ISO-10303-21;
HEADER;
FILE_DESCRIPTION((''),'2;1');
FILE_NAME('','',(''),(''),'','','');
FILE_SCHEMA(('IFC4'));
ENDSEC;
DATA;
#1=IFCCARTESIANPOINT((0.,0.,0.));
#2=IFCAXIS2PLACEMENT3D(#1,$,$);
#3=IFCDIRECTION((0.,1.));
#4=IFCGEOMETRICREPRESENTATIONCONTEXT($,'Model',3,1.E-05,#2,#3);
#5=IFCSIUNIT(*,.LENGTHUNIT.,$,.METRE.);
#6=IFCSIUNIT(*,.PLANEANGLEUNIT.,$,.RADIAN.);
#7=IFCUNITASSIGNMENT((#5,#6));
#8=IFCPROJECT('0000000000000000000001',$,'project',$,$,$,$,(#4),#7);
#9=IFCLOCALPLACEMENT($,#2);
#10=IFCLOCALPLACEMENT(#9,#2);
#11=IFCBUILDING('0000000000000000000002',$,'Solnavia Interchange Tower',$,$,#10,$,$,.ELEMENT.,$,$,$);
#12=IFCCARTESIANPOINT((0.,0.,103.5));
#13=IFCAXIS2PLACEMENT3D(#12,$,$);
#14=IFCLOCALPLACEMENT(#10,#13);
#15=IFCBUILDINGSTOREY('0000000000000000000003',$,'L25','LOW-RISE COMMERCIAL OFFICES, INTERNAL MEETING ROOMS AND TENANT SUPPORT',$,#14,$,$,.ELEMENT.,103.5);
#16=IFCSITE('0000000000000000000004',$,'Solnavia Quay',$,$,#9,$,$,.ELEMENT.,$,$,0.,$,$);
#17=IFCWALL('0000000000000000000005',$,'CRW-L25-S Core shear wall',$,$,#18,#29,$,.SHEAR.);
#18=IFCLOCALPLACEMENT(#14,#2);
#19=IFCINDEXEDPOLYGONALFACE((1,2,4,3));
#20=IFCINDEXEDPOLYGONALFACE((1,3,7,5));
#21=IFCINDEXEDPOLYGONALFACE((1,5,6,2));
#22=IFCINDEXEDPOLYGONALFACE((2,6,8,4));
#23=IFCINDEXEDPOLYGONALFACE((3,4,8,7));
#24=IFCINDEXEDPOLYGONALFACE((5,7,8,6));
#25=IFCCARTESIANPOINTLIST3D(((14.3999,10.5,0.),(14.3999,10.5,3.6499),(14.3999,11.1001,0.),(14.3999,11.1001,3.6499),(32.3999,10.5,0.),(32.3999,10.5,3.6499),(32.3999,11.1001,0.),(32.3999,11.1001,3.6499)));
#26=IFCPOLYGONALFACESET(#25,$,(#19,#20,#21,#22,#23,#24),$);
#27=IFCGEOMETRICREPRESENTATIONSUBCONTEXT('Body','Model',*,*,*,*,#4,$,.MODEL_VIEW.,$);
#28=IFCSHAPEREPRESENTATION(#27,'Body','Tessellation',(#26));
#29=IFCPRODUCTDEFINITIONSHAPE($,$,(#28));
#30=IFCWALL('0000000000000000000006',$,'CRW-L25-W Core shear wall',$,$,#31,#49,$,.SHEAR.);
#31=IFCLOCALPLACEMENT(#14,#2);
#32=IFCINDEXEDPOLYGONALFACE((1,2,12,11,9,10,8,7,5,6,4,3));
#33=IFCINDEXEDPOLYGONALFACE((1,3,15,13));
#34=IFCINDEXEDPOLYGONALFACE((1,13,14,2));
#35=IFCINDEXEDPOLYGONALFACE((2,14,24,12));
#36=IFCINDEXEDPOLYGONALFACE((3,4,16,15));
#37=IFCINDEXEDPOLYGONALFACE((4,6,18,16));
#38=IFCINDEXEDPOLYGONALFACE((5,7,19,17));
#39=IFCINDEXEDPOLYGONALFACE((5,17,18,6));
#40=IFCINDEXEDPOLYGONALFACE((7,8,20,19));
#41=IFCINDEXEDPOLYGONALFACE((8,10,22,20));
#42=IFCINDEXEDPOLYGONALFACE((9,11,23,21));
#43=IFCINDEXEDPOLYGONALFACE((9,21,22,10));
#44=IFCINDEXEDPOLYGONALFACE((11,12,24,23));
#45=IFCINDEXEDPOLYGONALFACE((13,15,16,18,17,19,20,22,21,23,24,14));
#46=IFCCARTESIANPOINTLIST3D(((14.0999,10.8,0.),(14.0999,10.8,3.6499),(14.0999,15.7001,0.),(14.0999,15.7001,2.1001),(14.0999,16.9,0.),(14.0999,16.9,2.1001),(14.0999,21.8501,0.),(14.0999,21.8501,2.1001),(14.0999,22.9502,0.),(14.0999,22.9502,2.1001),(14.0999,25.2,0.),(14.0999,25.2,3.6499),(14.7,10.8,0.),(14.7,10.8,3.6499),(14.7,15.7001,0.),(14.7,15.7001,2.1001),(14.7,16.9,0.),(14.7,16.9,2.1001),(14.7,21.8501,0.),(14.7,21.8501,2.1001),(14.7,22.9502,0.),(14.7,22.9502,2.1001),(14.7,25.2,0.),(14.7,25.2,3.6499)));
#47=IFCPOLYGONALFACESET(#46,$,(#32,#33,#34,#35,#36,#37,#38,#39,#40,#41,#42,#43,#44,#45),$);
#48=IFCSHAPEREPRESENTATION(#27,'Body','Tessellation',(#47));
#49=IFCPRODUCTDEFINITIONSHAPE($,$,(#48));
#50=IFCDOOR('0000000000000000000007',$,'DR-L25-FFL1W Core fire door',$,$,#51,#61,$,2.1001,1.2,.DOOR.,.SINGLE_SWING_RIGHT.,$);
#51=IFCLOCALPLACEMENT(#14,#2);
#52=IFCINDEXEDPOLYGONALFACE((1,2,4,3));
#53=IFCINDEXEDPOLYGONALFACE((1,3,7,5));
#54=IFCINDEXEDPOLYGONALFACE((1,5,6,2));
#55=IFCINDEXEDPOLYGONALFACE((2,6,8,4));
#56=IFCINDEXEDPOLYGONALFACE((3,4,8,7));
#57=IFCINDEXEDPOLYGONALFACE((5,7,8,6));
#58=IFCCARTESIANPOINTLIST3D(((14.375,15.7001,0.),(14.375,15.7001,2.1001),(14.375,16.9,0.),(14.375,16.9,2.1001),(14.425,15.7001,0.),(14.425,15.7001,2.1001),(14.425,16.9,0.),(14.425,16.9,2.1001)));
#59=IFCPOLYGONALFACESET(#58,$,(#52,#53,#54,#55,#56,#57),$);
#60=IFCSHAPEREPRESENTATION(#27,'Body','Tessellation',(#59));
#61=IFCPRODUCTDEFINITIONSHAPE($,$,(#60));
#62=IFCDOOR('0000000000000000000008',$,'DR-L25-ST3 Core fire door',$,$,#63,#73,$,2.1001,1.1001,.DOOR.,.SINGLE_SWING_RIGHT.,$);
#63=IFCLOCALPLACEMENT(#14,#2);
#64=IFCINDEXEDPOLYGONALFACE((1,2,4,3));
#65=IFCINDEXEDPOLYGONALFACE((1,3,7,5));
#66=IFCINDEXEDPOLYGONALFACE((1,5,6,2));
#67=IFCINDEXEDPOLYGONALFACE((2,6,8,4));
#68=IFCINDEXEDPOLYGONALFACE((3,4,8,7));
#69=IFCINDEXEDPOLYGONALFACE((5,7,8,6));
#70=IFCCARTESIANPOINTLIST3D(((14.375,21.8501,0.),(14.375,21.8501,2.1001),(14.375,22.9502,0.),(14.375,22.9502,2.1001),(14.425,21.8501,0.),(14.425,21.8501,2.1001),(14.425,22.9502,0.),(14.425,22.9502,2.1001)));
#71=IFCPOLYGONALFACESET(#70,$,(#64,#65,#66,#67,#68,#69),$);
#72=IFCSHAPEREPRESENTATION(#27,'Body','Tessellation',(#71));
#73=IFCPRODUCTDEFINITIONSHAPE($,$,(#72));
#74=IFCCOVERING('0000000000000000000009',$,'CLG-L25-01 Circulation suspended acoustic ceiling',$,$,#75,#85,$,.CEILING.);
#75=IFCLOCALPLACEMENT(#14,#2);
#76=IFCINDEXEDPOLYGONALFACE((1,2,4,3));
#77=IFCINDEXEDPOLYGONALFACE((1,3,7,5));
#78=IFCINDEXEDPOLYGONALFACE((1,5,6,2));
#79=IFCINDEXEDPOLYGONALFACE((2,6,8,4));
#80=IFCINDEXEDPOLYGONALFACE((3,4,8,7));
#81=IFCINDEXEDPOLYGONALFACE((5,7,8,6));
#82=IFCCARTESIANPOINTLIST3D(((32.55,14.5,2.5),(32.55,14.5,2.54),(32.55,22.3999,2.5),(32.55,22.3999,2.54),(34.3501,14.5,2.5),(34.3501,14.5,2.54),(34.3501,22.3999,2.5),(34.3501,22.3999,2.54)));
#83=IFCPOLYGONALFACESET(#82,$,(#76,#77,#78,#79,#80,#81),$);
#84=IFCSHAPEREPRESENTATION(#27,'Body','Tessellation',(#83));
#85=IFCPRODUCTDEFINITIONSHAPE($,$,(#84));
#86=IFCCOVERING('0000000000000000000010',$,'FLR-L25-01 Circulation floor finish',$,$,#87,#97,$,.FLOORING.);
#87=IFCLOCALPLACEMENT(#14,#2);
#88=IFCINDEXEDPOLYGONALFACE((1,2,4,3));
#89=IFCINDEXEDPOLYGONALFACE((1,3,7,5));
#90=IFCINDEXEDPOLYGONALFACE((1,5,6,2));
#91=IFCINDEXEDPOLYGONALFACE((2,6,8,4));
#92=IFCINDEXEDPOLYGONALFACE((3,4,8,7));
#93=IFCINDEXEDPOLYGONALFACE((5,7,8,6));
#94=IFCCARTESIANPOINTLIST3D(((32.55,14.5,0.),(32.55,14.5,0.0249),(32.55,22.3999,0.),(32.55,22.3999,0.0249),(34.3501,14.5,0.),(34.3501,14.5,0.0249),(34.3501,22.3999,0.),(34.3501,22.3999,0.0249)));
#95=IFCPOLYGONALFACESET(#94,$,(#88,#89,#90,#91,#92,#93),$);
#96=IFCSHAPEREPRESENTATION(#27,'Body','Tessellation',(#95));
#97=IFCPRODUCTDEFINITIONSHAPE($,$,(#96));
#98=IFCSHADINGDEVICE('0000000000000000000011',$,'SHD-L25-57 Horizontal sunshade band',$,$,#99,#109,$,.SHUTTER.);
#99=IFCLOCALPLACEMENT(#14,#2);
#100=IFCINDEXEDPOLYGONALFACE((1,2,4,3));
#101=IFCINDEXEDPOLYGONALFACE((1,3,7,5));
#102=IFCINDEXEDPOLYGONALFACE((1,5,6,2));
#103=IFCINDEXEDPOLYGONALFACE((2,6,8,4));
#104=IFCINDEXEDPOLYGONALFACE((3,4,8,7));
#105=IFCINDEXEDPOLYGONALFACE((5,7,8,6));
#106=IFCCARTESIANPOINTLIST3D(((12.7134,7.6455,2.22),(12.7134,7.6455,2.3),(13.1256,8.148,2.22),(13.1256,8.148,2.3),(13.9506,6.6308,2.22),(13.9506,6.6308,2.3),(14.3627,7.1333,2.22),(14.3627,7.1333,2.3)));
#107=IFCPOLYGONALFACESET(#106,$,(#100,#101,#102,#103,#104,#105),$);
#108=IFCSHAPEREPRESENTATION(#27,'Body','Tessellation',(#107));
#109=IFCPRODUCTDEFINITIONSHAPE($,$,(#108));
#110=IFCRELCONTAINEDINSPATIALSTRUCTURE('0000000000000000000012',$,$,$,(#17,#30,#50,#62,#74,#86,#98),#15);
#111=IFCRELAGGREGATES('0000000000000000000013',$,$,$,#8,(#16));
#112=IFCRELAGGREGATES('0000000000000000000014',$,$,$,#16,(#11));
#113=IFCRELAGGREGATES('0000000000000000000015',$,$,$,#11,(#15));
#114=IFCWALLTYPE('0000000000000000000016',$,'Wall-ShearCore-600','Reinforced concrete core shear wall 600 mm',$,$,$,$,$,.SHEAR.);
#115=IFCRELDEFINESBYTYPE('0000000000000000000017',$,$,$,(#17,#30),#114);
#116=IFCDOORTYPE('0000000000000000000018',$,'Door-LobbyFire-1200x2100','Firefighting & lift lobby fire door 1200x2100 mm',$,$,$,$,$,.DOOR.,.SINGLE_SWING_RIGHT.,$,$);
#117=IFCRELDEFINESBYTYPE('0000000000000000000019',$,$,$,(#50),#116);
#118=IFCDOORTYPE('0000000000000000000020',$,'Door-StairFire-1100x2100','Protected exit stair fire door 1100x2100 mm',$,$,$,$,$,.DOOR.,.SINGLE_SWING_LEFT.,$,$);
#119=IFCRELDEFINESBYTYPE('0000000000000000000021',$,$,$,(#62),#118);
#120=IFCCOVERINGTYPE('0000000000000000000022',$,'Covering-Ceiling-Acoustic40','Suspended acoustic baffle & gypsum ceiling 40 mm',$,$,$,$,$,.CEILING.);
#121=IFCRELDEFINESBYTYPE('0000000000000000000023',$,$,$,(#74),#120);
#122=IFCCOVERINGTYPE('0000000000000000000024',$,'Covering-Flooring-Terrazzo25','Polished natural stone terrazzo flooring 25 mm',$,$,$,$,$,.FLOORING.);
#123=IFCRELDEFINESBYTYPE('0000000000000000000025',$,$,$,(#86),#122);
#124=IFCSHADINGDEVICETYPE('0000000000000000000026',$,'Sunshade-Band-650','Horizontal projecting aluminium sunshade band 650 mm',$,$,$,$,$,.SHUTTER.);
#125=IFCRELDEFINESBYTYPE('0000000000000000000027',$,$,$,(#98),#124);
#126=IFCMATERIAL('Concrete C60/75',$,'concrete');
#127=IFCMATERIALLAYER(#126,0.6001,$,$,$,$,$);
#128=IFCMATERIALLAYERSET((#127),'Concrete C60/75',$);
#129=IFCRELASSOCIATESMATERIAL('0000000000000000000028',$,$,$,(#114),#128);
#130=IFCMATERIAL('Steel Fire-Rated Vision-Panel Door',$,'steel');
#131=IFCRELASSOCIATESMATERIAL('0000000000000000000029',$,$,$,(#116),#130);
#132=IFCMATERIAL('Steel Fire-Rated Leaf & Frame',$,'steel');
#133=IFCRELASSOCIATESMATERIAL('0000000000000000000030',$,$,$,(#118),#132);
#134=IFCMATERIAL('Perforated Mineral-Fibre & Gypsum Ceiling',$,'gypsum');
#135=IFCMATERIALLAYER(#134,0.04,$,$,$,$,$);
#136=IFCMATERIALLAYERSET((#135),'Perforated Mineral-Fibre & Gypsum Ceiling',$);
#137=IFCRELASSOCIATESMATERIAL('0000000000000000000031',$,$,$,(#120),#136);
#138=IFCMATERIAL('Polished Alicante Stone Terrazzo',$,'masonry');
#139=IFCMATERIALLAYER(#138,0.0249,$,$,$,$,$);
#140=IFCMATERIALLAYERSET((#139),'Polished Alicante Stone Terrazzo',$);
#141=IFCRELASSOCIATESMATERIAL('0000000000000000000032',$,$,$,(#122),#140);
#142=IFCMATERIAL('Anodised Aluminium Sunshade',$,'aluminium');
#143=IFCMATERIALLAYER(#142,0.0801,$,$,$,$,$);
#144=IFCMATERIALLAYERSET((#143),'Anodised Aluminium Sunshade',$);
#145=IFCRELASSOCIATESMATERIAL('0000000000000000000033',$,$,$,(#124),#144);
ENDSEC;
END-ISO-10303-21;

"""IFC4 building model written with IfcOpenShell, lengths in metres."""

from ifc_helpers import new_model, si_unit, direction, frame, frame_2d, origin, origin_2d, place, context, subcontext, project, spatial, polyline, rectangle, outline, extrude, material, layer, layer_set, type_object, element, fill, save


model = new_model("IFC4")

# Units and contexts
model_context = context("Model", 3, precision=1e-05, world=origin(), true_north=direction((0.0, 1.0)))
body_context = subcontext(model_context, "Body", "Model", "MODEL_VIEW")
ifc_project = project(units=[si_unit("LENGTHUNIT", "METRE"), si_unit("PLANEANGLEUNIT", "RADIAN")], contexts=[model_context])

# Site, building, storey
site_placement = place(None, origin())
site = spatial("IfcSite", under=ifc_project, at=site_placement, Name="Solnavia Quay", CompositionType="ELEMENT", RefElevation=0.0)
building_placement = place(site_placement, origin())
building = spatial("IfcBuilding", under=site, at=building_placement, Name="Solnavia Interchange Tower", CompositionType="ELEMENT")
storey_placement = place(building_placement, frame((0.0, 0.0, 103.5)))
storey = spatial("IfcBuildingStorey", under=building, at=storey_placement, Name="L25", Description="LOW-RISE COMMERCIAL OFFICES, INTERNAL MEETING ROOMS AND TENANT SUPPORT", CompositionType="ELEMENT", Elevation=103.5)

# Shared definitions
ifc_material_1 = material(Name="Concrete C60/75", Category="concrete")

# Wall
ifc_layer_1 = layer(ifc_material_1, 0.6001)
ifc_layer_set_1 = layer_set([ifc_layer_1], Name="Concrete C60/75")
wall_type_1 = type_object("IfcWallType", Name="Wall-ShearCore-600", Description="Reinforced concrete core shear wall 600 mm", PredefinedType="SHEAR", material=ifc_layer_set_1)
wall_1_placement = place(storey_placement, frame((14.3999, 10.8, 0.0), z_axis=(0.0, 0.0, 1.0), x_axis=(1.0, 0.0, 0.0)))
element("IfcWall", 1, at=wall_1_placement, inside=storey, type_object=wall_type_1, Name="CRW-L25-S Core shear wall", PredefinedType="SHEAR", context=body_context, shape_type="SweptSolid", body=[
    extrude(rectangle(XDim=18.0, YDim=0.6001, at=frame_2d((9.0, 0.0))), origin(), (0.0, 0.0, 1.0), 3.6499),
])

# Wall, openings, doors
wall_2_placement = place(storey_placement, frame((14.3999, 10.8, 0.0), z_axis=(0.0, 0.0, 1.0), x_axis=(0.0, 1.0, 0.0)))
wall_2 = element("IfcWall", 2, at=wall_2_placement, inside=storey, type_object=wall_type_1, Name="CRW-L25-W Core shear wall", PredefinedType="SHEAR", context=body_context, shape_type="SweptSolid", body=[
    extrude(rectangle(XDim=14.3999, YDim=0.6001, at=frame_2d((7.2, 0.0))), origin(), (0.0, 0.0, 1.0), 3.6499),
])
opening_1_placement = place(wall_2_placement, frame((11.05, 0.0, 0.0)))
opening_1 = element("IfcOpeningElement", 3, at=opening_1_placement, cuts=wall_2, PredefinedType="OPENING", context=body_context, shape_type="SweptSolid", body=[
    extrude(rectangle(XDim=1.1001, YDim=2.1001, at=frame_2d((0.55, 1.05))), frame((0.0, 0.3101, 0.0), z_axis=(0.0, -1.0, 0.0), x_axis=(1.0, 0.0, 0.0)), (0.0, 0.0, 1.0), 0.6201),
])
opening_2_placement = place(wall_2_placement, frame((4.8999, 0.0, 0.0)))
opening_2 = element("IfcOpeningElement", 4, at=opening_2_placement, cuts=wall_2, PredefinedType="OPENING", context=body_context, shape_type="SweptSolid", body=[
    extrude(rectangle(XDim=1.2, YDim=2.1001, at=frame_2d((0.6001, 1.05))), frame((0.0, 0.3101, 0.0), z_axis=(0.0, -1.0, 0.0), x_axis=(1.0, 0.0, 0.0)), (0.0, 0.0, 1.0), 0.6201),
])
ifc_material_2 = material(Name="Steel Fire-Rated Vision-Panel Door", Category="steel")
door_type_1 = type_object("IfcDoorType", Name="Door-LobbyFire-1200x2100", Description="Firefighting & lift lobby fire door 1200x2100 mm", OperationType="SINGLE_SWING_RIGHT", PredefinedType="DOOR", material=ifc_material_2)
door_1_placement = place(opening_2_placement, origin())
door_1 = element("IfcDoor", 5, at=door_1_placement, inside=storey, type_object=door_type_1, Name="DR-L25-FFL1W Core fire door", OperationType="SINGLE_SWING_RIGHT", OverallHeight=2.1001, OverallWidth=1.2, PredefinedType="DOOR", context=body_context, shape_type="SweptSolid", body=[
    extrude(rectangle(XDim=1.2, YDim=2.1001, at=frame_2d((0.6001, 1.05))), frame((0.0, 0.0249, 0.0), z_axis=(0.0, -1.0, 0.0), x_axis=(1.0, 0.0, 0.0)), (0.0, 0.0, 1.0), 0.05),
])
fill(opening_2, door_1)
ifc_material_3 = material(Name="Steel Fire-Rated Leaf & Frame", Category="steel")
door_type_2 = type_object("IfcDoorType", Name="Door-StairFire-1100x2100", Description="Protected exit stair fire door 1100x2100 mm", OperationType="SINGLE_SWING_LEFT", PredefinedType="DOOR", material=ifc_material_3)
door_2_placement = place(opening_1_placement, origin())
door_2 = element("IfcDoor", 6, at=door_2_placement, inside=storey, type_object=door_type_2, Name="DR-L25-ST3 Core fire door", OperationType="SINGLE_SWING_RIGHT", OverallHeight=2.1001, OverallWidth=1.1001, PredefinedType="DOOR", context=body_context, shape_type="SweptSolid", body=[
    extrude(rectangle(XDim=1.1001, YDim=2.1001, at=frame_2d((0.55, 1.05))), frame((0.0, 0.0249, 0.0), z_axis=(0.0, -1.0, 0.0), x_axis=(1.0, 0.0, 0.0)), (0.0, 0.0, 1.0), 0.05),
])
fill(opening_1, door_2)

# Coverings
ifc_material_4 = material(Name="Perforated Mineral-Fibre & Gypsum Ceiling", Category="gypsum")
ifc_layer_2 = layer(ifc_material_4, 0.04)
ifc_layer_set_2 = layer_set([ifc_layer_2], Name="Perforated Mineral-Fibre & Gypsum Ceiling")
covering_type_1 = type_object("IfcCoveringType", Name="Covering-Ceiling-Acoustic40", Description="Suspended acoustic baffle & gypsum ceiling 40 mm", PredefinedType="CEILING", material=ifc_layer_set_2)
covering_1_placement = place(storey_placement, frame((0.0, 0.0, 2.5)))
element("IfcCovering", 7, at=covering_1_placement, inside=storey, type_object=covering_type_1, Name="CLG-L25-01 Circulation suspended acoustic ceiling", PredefinedType="CEILING", context=body_context, shape_type="SweptSolid", body=[
    extrude(outline(polyline([(32.55, 14.5), (34.3501, 14.5), (34.3501, 22.3999), (32.55, 22.3999), (32.55, 14.5)])), origin(), (0.0, 0.0, 1.0), 0.04),
])
ifc_material_5 = material(Name="Polished Alicante Stone Terrazzo", Category="masonry")
ifc_layer_3 = layer(ifc_material_5, 0.0249)
ifc_layer_set_3 = layer_set([ifc_layer_3], Name="Polished Alicante Stone Terrazzo")
covering_type_2 = type_object("IfcCoveringType", Name="Covering-Flooring-Terrazzo25", Description="Polished natural stone terrazzo flooring 25 mm", PredefinedType="FLOORING", material=ifc_layer_set_3)
covering_2_placement = place(storey_placement, origin())
element("IfcCovering", 8, at=covering_2_placement, inside=storey, type_object=covering_type_2, Name="FLR-L25-01 Circulation floor finish", PredefinedType="FLOORING", context=body_context, shape_type="SweptSolid", body=[
    extrude(outline(polyline([(32.55, 14.5), (34.3501, 14.5), (34.3501, 22.3999), (32.55, 22.3999), (32.55, 14.5)])), origin(), (0.0, 0.0, 1.0), 0.0249),
])

# Shading device
ifc_material_6 = material(Name="Anodised Aluminium Sunshade", Category="aluminium")
ifc_layer_4 = layer(ifc_material_6, 0.0801)
ifc_layer_set_4 = layer_set([ifc_layer_4], Name="Anodised Aluminium Sunshade")
shading_device_type = type_object("IfcShadingDeviceType", Name="Sunshade-Band-650", Description="Horizontal projecting aluminium sunshade band 650 mm", PredefinedType="SHUTTER", material=ifc_layer_set_4)
shading_device_placement = place(storey_placement, frame((13.5381, 7.3894, 2.22), z_axis=(0.0, 0.0, 1.0), x_axis=(-0.773177, 0.634191, 0.0)))
element("IfcShadingDevice", 9, at=shading_device_placement, inside=storey, type_object=shading_device_type, Name="SHD-L25-57 Horizontal sunshade band", PredefinedType="SHUTTER", context=body_context, shape_type="SweptSolid", body=[
    extrude(rectangle(XDim=1.6001, YDim=0.6499, at=origin_2d()), origin(), (0.0, 0.0, 1.0), 0.0801),
])

save(model, "model.ifc")
